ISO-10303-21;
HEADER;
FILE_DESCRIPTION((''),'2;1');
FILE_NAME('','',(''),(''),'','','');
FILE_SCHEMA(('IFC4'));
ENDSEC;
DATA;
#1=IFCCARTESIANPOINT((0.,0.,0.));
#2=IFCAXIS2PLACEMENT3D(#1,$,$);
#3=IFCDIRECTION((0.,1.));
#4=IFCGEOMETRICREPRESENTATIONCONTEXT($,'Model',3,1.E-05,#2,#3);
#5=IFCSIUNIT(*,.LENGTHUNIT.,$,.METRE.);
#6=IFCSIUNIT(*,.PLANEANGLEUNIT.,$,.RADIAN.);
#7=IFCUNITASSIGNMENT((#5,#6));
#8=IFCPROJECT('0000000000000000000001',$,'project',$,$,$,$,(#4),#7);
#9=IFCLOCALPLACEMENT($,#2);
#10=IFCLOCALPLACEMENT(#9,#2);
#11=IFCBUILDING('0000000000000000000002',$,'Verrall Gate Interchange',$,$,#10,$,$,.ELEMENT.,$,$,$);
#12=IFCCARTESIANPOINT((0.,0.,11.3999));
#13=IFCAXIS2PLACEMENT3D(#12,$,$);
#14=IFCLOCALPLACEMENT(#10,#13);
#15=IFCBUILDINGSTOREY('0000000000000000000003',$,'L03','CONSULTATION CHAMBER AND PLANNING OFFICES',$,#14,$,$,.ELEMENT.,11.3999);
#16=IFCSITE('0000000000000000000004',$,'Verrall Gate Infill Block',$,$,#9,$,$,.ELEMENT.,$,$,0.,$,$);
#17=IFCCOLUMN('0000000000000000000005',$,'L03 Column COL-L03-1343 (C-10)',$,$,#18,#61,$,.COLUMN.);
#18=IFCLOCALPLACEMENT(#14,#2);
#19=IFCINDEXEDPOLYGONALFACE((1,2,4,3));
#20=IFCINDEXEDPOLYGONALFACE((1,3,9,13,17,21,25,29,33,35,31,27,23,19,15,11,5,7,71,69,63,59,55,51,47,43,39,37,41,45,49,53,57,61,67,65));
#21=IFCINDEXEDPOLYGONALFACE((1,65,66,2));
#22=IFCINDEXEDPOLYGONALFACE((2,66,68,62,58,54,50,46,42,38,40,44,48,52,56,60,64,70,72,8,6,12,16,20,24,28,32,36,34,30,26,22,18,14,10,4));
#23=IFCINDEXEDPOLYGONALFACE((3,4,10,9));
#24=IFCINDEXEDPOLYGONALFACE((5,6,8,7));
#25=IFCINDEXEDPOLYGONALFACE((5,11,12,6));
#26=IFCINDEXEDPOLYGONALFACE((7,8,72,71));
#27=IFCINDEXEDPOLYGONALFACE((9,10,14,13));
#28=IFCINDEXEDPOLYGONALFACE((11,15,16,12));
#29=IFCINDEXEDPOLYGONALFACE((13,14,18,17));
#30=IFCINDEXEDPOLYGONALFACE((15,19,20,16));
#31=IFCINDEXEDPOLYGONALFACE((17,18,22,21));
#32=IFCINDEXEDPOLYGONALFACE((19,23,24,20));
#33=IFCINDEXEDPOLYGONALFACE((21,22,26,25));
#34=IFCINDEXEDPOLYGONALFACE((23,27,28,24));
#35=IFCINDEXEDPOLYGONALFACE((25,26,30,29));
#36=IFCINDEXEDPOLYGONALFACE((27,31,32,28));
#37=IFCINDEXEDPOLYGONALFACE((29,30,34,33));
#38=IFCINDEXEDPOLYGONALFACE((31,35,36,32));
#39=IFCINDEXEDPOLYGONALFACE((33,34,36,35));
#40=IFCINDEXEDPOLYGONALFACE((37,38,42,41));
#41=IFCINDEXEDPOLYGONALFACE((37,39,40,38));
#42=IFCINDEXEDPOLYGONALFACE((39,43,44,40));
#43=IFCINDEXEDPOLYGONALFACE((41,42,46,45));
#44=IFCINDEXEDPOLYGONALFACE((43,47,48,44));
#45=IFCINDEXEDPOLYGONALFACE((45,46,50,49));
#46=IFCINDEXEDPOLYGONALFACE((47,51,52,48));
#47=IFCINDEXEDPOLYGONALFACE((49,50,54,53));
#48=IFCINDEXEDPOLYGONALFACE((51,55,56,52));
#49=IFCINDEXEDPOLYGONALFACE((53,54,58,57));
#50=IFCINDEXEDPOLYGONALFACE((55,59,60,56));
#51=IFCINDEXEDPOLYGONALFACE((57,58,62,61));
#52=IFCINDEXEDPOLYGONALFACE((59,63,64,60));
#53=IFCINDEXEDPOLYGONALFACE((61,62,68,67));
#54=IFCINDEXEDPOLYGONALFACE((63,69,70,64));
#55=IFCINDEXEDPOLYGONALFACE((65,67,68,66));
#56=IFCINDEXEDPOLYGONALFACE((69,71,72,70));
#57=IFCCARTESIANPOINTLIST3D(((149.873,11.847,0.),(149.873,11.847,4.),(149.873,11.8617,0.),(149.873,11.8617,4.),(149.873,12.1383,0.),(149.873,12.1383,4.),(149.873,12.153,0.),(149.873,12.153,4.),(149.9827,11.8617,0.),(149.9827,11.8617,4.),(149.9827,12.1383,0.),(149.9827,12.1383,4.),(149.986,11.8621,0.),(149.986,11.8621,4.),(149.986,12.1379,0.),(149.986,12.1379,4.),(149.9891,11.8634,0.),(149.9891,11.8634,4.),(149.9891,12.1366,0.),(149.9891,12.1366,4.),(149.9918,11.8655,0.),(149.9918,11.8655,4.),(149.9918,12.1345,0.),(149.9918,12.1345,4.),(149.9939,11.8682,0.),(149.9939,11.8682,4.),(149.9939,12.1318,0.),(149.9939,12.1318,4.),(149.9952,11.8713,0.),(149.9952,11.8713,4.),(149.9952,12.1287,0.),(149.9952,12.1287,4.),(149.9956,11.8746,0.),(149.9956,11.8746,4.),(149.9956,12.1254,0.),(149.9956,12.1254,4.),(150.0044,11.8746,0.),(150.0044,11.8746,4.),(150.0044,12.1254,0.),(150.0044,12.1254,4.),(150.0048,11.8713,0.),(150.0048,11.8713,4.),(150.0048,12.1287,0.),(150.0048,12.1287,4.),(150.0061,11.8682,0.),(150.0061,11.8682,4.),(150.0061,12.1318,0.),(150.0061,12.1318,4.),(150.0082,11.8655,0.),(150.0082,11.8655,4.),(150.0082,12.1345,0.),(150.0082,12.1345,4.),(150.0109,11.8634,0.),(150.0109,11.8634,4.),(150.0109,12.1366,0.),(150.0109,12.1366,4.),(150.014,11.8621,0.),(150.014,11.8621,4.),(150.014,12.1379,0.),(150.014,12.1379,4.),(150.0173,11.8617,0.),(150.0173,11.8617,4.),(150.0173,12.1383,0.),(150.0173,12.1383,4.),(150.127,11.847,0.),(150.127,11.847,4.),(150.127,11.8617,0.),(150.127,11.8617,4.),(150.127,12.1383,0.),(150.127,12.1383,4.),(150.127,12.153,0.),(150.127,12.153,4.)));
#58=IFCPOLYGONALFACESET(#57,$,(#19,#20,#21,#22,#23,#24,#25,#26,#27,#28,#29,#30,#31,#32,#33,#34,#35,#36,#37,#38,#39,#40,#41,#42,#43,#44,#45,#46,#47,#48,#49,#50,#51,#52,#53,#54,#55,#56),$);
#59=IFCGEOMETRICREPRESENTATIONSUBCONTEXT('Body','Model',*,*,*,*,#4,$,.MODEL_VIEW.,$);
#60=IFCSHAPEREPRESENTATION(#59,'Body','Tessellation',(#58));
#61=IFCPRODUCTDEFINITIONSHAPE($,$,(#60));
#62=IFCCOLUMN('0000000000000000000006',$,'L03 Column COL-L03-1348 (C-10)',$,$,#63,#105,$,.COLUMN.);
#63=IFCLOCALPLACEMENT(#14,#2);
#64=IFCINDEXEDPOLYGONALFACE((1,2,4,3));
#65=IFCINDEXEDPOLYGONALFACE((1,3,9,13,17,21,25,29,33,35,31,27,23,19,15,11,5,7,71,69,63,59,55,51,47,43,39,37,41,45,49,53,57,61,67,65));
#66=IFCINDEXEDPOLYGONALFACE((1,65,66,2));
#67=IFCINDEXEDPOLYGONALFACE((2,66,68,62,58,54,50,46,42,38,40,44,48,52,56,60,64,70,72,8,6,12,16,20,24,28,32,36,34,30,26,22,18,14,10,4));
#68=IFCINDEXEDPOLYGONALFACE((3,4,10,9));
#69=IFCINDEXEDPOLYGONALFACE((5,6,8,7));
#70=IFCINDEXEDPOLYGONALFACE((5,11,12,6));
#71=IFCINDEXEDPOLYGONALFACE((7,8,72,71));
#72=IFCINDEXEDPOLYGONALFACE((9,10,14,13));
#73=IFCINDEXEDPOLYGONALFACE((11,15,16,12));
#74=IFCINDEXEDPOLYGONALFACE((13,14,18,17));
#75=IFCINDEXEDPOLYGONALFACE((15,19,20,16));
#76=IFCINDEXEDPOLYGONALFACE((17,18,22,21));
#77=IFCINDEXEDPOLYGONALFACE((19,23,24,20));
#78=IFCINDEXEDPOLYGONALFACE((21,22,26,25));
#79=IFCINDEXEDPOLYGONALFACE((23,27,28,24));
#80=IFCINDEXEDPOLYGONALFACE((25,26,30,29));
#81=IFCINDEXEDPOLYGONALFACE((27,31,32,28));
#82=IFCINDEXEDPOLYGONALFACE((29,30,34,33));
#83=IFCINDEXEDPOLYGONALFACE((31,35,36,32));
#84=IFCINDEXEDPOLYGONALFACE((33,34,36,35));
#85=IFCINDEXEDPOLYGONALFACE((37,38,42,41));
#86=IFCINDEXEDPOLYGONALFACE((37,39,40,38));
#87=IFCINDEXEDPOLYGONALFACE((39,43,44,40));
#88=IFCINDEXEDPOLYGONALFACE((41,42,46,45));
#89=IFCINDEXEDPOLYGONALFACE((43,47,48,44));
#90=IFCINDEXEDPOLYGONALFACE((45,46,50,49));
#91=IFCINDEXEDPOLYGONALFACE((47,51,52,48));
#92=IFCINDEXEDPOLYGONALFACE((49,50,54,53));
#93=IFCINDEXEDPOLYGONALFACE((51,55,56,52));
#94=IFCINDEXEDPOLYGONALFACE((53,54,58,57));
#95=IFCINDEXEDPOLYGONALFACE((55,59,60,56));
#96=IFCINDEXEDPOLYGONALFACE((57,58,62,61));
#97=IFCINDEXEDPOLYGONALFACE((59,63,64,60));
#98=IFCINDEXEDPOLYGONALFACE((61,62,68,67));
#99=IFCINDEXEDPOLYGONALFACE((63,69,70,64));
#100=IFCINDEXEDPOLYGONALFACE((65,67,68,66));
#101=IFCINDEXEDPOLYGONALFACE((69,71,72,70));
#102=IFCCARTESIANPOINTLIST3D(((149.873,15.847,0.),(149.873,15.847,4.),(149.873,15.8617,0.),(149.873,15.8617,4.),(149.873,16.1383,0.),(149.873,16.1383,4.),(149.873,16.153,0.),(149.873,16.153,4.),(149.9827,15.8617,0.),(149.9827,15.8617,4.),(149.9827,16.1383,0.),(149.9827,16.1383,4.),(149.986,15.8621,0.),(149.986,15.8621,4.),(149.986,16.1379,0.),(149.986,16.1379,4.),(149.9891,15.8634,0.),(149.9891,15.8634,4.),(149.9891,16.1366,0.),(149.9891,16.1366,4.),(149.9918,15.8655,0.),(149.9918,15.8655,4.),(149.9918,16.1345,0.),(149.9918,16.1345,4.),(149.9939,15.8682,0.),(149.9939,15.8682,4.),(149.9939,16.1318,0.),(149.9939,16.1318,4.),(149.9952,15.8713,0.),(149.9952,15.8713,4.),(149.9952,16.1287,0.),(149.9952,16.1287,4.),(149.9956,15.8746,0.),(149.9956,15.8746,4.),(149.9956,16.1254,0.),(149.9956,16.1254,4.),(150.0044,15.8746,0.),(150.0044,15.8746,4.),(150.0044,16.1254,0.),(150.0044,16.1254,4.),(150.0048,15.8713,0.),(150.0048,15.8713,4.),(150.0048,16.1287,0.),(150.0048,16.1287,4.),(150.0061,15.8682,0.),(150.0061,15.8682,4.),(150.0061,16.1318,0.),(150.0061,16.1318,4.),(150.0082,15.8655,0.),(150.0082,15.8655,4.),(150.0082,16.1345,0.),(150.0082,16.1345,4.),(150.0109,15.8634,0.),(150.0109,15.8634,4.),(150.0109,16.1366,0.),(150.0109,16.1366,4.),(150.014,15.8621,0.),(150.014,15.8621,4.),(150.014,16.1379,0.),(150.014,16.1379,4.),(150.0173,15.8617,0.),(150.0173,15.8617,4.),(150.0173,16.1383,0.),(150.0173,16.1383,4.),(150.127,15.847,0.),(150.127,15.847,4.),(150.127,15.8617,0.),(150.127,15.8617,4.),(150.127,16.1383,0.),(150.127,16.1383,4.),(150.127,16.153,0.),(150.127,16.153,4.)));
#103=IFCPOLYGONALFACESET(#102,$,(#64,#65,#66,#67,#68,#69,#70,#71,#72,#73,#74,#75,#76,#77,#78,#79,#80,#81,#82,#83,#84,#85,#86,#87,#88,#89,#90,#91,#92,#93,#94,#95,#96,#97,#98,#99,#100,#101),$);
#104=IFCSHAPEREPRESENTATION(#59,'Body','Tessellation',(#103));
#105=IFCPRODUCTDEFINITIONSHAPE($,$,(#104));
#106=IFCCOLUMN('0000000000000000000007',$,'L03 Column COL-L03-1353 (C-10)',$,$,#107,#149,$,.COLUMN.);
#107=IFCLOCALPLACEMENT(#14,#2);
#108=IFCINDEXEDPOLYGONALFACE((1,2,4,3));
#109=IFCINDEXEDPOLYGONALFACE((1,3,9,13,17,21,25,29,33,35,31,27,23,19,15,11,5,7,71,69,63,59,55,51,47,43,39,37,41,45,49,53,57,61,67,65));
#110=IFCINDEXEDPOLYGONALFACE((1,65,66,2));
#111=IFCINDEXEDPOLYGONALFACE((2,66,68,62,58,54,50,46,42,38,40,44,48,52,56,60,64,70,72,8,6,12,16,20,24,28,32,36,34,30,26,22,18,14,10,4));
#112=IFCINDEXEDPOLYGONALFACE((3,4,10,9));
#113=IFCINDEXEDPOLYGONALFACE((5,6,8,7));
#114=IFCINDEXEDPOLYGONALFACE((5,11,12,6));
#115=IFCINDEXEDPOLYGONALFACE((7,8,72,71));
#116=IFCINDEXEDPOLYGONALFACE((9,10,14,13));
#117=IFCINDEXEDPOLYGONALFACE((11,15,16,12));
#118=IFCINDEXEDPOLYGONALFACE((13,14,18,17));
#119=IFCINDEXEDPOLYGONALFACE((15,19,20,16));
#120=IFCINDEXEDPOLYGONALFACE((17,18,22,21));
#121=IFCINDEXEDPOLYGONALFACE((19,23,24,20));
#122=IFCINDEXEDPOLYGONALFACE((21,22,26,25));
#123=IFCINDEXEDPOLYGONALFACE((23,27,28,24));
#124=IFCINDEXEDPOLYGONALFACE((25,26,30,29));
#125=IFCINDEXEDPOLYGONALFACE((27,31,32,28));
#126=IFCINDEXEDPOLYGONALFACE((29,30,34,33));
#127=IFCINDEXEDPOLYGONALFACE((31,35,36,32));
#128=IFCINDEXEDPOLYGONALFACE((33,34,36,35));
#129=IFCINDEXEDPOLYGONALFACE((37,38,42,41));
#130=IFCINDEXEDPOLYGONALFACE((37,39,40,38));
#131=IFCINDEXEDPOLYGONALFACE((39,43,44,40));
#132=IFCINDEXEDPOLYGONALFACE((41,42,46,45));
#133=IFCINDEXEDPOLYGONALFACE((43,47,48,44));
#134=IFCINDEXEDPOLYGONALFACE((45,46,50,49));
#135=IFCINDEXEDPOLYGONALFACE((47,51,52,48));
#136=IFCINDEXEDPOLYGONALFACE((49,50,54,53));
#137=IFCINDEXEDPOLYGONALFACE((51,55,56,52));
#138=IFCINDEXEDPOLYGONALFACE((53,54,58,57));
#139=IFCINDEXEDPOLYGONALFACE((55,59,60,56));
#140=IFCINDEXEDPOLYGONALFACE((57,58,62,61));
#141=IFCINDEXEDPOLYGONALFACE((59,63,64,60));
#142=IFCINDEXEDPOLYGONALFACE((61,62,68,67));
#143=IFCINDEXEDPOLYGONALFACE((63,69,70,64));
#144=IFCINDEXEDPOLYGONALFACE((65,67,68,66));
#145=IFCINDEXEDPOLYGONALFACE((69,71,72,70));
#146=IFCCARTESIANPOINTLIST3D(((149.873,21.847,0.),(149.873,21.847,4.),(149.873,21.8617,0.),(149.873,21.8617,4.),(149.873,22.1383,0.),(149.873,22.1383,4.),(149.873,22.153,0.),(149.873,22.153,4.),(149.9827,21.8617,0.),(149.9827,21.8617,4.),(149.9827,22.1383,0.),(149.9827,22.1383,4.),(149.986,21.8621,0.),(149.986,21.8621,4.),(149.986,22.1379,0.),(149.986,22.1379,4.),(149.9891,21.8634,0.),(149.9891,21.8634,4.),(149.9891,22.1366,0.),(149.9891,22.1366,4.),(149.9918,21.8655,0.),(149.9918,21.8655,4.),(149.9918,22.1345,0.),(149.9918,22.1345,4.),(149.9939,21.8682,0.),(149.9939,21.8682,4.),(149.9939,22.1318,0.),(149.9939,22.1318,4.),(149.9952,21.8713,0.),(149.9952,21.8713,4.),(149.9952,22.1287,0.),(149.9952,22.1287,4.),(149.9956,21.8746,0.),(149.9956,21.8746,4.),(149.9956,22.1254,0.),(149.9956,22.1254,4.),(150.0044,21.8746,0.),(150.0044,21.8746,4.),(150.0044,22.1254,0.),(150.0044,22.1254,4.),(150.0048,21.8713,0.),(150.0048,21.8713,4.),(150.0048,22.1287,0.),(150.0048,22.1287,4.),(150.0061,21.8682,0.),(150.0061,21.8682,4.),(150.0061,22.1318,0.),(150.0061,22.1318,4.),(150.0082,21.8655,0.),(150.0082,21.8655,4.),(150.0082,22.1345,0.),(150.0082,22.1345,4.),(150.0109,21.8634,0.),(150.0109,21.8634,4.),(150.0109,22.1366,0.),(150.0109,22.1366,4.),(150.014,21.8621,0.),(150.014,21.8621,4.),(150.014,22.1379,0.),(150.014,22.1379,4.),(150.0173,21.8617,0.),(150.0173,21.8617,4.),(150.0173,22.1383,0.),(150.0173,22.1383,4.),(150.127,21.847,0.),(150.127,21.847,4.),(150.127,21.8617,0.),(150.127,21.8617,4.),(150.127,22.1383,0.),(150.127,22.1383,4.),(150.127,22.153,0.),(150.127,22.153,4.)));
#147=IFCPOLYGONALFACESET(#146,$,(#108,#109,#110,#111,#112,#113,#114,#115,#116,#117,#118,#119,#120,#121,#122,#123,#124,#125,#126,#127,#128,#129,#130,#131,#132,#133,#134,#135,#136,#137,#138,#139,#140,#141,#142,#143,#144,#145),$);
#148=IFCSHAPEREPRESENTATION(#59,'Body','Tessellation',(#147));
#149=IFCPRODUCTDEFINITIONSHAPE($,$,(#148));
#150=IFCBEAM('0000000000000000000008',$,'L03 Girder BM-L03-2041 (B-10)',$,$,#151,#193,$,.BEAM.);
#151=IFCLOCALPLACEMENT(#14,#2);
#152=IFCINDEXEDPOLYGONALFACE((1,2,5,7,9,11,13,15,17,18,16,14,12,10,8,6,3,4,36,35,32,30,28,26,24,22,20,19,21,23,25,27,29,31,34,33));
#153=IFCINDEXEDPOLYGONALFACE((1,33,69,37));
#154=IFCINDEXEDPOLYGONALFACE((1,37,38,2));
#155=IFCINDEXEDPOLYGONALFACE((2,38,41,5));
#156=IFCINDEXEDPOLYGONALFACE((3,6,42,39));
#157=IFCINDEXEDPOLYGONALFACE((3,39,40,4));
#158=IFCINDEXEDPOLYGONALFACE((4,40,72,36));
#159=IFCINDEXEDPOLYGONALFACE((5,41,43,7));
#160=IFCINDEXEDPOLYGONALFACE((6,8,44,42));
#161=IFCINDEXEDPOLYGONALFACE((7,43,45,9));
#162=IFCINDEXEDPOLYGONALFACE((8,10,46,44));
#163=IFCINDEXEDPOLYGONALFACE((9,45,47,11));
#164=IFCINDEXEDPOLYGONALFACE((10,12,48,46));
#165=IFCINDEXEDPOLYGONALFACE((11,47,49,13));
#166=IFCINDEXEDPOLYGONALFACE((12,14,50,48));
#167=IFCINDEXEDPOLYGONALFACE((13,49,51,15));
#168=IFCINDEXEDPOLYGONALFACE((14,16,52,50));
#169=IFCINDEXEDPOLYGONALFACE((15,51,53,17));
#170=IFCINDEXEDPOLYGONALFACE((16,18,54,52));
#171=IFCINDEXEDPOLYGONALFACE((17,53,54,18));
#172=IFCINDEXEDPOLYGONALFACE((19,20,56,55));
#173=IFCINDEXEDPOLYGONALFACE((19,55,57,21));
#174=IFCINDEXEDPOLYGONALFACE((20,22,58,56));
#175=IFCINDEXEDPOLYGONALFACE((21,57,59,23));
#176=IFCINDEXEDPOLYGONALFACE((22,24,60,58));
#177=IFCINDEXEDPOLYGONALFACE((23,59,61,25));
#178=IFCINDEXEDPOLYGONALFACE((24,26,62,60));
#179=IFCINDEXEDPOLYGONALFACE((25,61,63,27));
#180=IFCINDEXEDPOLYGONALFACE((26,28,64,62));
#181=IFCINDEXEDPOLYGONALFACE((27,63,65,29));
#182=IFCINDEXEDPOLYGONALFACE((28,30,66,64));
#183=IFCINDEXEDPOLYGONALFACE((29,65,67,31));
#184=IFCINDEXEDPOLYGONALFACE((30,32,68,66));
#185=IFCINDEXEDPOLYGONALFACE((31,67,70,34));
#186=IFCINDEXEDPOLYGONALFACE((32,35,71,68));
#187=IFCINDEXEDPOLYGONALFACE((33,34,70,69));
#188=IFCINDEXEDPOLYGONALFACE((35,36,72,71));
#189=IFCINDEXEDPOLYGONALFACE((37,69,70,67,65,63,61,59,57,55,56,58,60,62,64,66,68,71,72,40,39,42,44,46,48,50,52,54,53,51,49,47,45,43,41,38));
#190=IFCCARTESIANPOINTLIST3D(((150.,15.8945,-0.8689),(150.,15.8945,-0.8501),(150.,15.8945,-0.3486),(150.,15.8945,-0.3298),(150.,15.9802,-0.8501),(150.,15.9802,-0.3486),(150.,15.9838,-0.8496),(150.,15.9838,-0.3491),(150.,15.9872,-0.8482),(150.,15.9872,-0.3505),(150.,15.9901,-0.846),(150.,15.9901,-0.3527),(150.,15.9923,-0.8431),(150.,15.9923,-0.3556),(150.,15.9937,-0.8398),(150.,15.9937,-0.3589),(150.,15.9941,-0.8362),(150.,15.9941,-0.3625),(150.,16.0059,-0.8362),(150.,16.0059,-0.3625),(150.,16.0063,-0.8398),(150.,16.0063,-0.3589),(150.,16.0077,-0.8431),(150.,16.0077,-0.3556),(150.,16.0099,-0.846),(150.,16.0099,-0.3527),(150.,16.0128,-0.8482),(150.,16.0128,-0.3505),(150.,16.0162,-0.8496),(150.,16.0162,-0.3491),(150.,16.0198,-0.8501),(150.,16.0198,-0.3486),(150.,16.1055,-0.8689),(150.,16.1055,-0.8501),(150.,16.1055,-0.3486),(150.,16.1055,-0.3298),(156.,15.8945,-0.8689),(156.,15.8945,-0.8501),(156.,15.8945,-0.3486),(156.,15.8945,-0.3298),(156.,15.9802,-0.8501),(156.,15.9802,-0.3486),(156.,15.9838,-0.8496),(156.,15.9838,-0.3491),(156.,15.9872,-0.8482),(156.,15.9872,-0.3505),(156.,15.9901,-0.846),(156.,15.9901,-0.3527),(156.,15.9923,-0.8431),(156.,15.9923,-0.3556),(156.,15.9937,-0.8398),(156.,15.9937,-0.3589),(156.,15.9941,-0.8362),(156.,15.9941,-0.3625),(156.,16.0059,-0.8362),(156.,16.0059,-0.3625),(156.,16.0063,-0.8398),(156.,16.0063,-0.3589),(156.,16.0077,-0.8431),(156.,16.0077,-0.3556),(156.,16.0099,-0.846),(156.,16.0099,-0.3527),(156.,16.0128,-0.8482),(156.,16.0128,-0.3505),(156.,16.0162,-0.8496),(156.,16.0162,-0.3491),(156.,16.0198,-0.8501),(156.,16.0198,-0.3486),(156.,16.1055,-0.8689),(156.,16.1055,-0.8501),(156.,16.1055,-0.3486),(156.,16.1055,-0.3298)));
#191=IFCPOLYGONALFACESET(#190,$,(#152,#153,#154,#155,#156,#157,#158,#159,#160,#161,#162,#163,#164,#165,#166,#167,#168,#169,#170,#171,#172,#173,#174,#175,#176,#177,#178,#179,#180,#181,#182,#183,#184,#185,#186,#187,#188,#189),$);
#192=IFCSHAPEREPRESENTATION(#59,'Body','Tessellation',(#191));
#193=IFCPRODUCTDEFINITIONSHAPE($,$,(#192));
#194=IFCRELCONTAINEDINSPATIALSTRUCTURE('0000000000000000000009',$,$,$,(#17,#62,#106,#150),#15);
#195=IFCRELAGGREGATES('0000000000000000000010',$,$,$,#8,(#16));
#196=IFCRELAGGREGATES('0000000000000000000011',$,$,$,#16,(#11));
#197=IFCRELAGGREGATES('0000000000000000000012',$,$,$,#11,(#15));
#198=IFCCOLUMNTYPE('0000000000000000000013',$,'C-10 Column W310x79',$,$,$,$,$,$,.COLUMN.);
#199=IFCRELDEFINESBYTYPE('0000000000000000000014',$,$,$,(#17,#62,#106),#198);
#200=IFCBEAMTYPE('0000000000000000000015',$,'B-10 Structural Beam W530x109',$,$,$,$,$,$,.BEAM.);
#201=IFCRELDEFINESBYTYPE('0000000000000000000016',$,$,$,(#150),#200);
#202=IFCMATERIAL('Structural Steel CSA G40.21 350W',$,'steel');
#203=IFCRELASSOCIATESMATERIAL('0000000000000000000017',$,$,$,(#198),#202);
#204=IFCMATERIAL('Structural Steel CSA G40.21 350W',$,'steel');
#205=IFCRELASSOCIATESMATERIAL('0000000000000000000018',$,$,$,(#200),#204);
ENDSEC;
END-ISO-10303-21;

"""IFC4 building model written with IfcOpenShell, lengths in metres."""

from ifc_helpers import new_model, si_unit, direction, frame, origin, origin_2d, place, context, subcontext, project, spatial, i_section, extrude, material, material_profile, profile_set, type_object, element, save


model = new_model("IFC4")

# Units and contexts
model_context = context("Model", 3, precision=1e-05, world=origin(), true_north=direction((0.0, 1.0)))
body_context = subcontext(model_context, "Body", "Model", "MODEL_VIEW")
ifc_project = project(units=[si_unit("LENGTHUNIT", "METRE"), si_unit("PLANEANGLEUNIT", "RADIAN")], contexts=[model_context])

# Site, building, storey
site_placement = place(None, origin())
site = spatial("IfcSite", under=ifc_project, at=site_placement, Name="Verrall Gate Infill Block", CompositionType="ELEMENT", RefElevation=0.0)
building_placement = place(site_placement, origin())
building = spatial("IfcBuilding", under=site, at=building_placement, Name="Verrall Gate Interchange", CompositionType="ELEMENT")
storey_placement = place(building_placement, frame((0.0, 0.0, 11.3999)))
storey = spatial("IfcBuildingStorey", under=building, at=storey_placement, Name="L03", Description="CONSULTATION CHAMBER AND PLANNING OFFICES", CompositionType="ELEMENT", Elevation=11.3999)

# Columns
ifc_material_1 = material(Name="Structural Steel CSA G40.21 350W", Category="steel")
ifc_material_profile_1 = material_profile(ifc_material_1, i_section(OverallWidth=0.2539, OverallDepth=0.3059, WebThickness=0.0088, FlangeThickness=0.0146, FilletRadius=0.0129, at=origin_2d()), Name="W310x79")
ifc_profile_set_1 = profile_set([ifc_material_profile_1], Name="Structural Steel CSA G40.21 350W")
column_type = type_object("IfcColumnType", Name="C-10 Column W310x79", PredefinedType="COLUMN", material=ifc_profile_set_1)
for number, where, z_axis, x_axis, name in (
    (1, (150.0, 12.0, 0.0), (0.0, 0.0, 1.0), (1.0, 0.0, 0.0), "L03 Column COL-L03-1343 (C-10)"),
    (2, (150.0, 16.0, 0.0), (0.0, 0.0, 1.0), (1.0, 0.0, 0.0), "L03 Column COL-L03-1348 (C-10)"),
    (3, (150.0, 22.0, 0.0), (0.0, 0.0, 1.0), (1.0, 0.0, 0.0), "L03 Column COL-L03-1353 (C-10)"),
):
    element("IfcColumn", number, at=place(storey_placement, frame(where, z_axis=z_axis, x_axis=x_axis)), inside=storey, type_object=column_type, Name=name, PredefinedType="COLUMN", context=body_context, shape_type="SweptSolid", body=[
        extrude(i_section(OverallWidth=0.2539, OverallDepth=0.3059, WebThickness=0.0088, FlangeThickness=0.0146, FilletRadius=0.0129, at=origin_2d()), origin(), (0.0, 0.0, 1.0), 4.0),
    ])

# Beam
ifc_material_2 = material(Name="Structural Steel CSA G40.21 350W", Category="steel")
ifc_material_profile_2 = material_profile(ifc_material_2, i_section(OverallWidth=0.2109, OverallDepth=0.5391, WebThickness=0.0117, FlangeThickness=0.0188, FilletRadius=0.0139, at=origin_2d()), Name="W530x109")
ifc_profile_set_2 = profile_set([ifc_material_profile_2], Name="Structural Steel CSA G40.21 350W")
beam_type_1 = type_object("IfcBeamType", Name="B-10 Structural Beam W530x109", PredefinedType="BEAM", material=ifc_profile_set_2)
for number, where, z_axis, x_axis, name in (
    (4, (150.0, 16.0, -0.5994), (1.0, 0.0, 0.0), (0.0, 1.0, 0.0), "L03 Girder BM-L03-2041 (B-10)"),
):
    element("IfcBeam", number, at=place(storey_placement, frame(where, z_axis=z_axis, x_axis=x_axis)), inside=storey, type_object=beam_type_1, Name=name, PredefinedType="BEAM", context=body_context, shape_type="SweptSolid", body=[
        extrude(i_section(OverallWidth=0.2109, OverallDepth=0.5391, WebThickness=0.0117, FlangeThickness=0.0188, FilletRadius=0.0139, at=origin_2d()), origin(), (0.0, 0.0, 1.0), 6.0),
    ])

save(model, "model.ifc")
